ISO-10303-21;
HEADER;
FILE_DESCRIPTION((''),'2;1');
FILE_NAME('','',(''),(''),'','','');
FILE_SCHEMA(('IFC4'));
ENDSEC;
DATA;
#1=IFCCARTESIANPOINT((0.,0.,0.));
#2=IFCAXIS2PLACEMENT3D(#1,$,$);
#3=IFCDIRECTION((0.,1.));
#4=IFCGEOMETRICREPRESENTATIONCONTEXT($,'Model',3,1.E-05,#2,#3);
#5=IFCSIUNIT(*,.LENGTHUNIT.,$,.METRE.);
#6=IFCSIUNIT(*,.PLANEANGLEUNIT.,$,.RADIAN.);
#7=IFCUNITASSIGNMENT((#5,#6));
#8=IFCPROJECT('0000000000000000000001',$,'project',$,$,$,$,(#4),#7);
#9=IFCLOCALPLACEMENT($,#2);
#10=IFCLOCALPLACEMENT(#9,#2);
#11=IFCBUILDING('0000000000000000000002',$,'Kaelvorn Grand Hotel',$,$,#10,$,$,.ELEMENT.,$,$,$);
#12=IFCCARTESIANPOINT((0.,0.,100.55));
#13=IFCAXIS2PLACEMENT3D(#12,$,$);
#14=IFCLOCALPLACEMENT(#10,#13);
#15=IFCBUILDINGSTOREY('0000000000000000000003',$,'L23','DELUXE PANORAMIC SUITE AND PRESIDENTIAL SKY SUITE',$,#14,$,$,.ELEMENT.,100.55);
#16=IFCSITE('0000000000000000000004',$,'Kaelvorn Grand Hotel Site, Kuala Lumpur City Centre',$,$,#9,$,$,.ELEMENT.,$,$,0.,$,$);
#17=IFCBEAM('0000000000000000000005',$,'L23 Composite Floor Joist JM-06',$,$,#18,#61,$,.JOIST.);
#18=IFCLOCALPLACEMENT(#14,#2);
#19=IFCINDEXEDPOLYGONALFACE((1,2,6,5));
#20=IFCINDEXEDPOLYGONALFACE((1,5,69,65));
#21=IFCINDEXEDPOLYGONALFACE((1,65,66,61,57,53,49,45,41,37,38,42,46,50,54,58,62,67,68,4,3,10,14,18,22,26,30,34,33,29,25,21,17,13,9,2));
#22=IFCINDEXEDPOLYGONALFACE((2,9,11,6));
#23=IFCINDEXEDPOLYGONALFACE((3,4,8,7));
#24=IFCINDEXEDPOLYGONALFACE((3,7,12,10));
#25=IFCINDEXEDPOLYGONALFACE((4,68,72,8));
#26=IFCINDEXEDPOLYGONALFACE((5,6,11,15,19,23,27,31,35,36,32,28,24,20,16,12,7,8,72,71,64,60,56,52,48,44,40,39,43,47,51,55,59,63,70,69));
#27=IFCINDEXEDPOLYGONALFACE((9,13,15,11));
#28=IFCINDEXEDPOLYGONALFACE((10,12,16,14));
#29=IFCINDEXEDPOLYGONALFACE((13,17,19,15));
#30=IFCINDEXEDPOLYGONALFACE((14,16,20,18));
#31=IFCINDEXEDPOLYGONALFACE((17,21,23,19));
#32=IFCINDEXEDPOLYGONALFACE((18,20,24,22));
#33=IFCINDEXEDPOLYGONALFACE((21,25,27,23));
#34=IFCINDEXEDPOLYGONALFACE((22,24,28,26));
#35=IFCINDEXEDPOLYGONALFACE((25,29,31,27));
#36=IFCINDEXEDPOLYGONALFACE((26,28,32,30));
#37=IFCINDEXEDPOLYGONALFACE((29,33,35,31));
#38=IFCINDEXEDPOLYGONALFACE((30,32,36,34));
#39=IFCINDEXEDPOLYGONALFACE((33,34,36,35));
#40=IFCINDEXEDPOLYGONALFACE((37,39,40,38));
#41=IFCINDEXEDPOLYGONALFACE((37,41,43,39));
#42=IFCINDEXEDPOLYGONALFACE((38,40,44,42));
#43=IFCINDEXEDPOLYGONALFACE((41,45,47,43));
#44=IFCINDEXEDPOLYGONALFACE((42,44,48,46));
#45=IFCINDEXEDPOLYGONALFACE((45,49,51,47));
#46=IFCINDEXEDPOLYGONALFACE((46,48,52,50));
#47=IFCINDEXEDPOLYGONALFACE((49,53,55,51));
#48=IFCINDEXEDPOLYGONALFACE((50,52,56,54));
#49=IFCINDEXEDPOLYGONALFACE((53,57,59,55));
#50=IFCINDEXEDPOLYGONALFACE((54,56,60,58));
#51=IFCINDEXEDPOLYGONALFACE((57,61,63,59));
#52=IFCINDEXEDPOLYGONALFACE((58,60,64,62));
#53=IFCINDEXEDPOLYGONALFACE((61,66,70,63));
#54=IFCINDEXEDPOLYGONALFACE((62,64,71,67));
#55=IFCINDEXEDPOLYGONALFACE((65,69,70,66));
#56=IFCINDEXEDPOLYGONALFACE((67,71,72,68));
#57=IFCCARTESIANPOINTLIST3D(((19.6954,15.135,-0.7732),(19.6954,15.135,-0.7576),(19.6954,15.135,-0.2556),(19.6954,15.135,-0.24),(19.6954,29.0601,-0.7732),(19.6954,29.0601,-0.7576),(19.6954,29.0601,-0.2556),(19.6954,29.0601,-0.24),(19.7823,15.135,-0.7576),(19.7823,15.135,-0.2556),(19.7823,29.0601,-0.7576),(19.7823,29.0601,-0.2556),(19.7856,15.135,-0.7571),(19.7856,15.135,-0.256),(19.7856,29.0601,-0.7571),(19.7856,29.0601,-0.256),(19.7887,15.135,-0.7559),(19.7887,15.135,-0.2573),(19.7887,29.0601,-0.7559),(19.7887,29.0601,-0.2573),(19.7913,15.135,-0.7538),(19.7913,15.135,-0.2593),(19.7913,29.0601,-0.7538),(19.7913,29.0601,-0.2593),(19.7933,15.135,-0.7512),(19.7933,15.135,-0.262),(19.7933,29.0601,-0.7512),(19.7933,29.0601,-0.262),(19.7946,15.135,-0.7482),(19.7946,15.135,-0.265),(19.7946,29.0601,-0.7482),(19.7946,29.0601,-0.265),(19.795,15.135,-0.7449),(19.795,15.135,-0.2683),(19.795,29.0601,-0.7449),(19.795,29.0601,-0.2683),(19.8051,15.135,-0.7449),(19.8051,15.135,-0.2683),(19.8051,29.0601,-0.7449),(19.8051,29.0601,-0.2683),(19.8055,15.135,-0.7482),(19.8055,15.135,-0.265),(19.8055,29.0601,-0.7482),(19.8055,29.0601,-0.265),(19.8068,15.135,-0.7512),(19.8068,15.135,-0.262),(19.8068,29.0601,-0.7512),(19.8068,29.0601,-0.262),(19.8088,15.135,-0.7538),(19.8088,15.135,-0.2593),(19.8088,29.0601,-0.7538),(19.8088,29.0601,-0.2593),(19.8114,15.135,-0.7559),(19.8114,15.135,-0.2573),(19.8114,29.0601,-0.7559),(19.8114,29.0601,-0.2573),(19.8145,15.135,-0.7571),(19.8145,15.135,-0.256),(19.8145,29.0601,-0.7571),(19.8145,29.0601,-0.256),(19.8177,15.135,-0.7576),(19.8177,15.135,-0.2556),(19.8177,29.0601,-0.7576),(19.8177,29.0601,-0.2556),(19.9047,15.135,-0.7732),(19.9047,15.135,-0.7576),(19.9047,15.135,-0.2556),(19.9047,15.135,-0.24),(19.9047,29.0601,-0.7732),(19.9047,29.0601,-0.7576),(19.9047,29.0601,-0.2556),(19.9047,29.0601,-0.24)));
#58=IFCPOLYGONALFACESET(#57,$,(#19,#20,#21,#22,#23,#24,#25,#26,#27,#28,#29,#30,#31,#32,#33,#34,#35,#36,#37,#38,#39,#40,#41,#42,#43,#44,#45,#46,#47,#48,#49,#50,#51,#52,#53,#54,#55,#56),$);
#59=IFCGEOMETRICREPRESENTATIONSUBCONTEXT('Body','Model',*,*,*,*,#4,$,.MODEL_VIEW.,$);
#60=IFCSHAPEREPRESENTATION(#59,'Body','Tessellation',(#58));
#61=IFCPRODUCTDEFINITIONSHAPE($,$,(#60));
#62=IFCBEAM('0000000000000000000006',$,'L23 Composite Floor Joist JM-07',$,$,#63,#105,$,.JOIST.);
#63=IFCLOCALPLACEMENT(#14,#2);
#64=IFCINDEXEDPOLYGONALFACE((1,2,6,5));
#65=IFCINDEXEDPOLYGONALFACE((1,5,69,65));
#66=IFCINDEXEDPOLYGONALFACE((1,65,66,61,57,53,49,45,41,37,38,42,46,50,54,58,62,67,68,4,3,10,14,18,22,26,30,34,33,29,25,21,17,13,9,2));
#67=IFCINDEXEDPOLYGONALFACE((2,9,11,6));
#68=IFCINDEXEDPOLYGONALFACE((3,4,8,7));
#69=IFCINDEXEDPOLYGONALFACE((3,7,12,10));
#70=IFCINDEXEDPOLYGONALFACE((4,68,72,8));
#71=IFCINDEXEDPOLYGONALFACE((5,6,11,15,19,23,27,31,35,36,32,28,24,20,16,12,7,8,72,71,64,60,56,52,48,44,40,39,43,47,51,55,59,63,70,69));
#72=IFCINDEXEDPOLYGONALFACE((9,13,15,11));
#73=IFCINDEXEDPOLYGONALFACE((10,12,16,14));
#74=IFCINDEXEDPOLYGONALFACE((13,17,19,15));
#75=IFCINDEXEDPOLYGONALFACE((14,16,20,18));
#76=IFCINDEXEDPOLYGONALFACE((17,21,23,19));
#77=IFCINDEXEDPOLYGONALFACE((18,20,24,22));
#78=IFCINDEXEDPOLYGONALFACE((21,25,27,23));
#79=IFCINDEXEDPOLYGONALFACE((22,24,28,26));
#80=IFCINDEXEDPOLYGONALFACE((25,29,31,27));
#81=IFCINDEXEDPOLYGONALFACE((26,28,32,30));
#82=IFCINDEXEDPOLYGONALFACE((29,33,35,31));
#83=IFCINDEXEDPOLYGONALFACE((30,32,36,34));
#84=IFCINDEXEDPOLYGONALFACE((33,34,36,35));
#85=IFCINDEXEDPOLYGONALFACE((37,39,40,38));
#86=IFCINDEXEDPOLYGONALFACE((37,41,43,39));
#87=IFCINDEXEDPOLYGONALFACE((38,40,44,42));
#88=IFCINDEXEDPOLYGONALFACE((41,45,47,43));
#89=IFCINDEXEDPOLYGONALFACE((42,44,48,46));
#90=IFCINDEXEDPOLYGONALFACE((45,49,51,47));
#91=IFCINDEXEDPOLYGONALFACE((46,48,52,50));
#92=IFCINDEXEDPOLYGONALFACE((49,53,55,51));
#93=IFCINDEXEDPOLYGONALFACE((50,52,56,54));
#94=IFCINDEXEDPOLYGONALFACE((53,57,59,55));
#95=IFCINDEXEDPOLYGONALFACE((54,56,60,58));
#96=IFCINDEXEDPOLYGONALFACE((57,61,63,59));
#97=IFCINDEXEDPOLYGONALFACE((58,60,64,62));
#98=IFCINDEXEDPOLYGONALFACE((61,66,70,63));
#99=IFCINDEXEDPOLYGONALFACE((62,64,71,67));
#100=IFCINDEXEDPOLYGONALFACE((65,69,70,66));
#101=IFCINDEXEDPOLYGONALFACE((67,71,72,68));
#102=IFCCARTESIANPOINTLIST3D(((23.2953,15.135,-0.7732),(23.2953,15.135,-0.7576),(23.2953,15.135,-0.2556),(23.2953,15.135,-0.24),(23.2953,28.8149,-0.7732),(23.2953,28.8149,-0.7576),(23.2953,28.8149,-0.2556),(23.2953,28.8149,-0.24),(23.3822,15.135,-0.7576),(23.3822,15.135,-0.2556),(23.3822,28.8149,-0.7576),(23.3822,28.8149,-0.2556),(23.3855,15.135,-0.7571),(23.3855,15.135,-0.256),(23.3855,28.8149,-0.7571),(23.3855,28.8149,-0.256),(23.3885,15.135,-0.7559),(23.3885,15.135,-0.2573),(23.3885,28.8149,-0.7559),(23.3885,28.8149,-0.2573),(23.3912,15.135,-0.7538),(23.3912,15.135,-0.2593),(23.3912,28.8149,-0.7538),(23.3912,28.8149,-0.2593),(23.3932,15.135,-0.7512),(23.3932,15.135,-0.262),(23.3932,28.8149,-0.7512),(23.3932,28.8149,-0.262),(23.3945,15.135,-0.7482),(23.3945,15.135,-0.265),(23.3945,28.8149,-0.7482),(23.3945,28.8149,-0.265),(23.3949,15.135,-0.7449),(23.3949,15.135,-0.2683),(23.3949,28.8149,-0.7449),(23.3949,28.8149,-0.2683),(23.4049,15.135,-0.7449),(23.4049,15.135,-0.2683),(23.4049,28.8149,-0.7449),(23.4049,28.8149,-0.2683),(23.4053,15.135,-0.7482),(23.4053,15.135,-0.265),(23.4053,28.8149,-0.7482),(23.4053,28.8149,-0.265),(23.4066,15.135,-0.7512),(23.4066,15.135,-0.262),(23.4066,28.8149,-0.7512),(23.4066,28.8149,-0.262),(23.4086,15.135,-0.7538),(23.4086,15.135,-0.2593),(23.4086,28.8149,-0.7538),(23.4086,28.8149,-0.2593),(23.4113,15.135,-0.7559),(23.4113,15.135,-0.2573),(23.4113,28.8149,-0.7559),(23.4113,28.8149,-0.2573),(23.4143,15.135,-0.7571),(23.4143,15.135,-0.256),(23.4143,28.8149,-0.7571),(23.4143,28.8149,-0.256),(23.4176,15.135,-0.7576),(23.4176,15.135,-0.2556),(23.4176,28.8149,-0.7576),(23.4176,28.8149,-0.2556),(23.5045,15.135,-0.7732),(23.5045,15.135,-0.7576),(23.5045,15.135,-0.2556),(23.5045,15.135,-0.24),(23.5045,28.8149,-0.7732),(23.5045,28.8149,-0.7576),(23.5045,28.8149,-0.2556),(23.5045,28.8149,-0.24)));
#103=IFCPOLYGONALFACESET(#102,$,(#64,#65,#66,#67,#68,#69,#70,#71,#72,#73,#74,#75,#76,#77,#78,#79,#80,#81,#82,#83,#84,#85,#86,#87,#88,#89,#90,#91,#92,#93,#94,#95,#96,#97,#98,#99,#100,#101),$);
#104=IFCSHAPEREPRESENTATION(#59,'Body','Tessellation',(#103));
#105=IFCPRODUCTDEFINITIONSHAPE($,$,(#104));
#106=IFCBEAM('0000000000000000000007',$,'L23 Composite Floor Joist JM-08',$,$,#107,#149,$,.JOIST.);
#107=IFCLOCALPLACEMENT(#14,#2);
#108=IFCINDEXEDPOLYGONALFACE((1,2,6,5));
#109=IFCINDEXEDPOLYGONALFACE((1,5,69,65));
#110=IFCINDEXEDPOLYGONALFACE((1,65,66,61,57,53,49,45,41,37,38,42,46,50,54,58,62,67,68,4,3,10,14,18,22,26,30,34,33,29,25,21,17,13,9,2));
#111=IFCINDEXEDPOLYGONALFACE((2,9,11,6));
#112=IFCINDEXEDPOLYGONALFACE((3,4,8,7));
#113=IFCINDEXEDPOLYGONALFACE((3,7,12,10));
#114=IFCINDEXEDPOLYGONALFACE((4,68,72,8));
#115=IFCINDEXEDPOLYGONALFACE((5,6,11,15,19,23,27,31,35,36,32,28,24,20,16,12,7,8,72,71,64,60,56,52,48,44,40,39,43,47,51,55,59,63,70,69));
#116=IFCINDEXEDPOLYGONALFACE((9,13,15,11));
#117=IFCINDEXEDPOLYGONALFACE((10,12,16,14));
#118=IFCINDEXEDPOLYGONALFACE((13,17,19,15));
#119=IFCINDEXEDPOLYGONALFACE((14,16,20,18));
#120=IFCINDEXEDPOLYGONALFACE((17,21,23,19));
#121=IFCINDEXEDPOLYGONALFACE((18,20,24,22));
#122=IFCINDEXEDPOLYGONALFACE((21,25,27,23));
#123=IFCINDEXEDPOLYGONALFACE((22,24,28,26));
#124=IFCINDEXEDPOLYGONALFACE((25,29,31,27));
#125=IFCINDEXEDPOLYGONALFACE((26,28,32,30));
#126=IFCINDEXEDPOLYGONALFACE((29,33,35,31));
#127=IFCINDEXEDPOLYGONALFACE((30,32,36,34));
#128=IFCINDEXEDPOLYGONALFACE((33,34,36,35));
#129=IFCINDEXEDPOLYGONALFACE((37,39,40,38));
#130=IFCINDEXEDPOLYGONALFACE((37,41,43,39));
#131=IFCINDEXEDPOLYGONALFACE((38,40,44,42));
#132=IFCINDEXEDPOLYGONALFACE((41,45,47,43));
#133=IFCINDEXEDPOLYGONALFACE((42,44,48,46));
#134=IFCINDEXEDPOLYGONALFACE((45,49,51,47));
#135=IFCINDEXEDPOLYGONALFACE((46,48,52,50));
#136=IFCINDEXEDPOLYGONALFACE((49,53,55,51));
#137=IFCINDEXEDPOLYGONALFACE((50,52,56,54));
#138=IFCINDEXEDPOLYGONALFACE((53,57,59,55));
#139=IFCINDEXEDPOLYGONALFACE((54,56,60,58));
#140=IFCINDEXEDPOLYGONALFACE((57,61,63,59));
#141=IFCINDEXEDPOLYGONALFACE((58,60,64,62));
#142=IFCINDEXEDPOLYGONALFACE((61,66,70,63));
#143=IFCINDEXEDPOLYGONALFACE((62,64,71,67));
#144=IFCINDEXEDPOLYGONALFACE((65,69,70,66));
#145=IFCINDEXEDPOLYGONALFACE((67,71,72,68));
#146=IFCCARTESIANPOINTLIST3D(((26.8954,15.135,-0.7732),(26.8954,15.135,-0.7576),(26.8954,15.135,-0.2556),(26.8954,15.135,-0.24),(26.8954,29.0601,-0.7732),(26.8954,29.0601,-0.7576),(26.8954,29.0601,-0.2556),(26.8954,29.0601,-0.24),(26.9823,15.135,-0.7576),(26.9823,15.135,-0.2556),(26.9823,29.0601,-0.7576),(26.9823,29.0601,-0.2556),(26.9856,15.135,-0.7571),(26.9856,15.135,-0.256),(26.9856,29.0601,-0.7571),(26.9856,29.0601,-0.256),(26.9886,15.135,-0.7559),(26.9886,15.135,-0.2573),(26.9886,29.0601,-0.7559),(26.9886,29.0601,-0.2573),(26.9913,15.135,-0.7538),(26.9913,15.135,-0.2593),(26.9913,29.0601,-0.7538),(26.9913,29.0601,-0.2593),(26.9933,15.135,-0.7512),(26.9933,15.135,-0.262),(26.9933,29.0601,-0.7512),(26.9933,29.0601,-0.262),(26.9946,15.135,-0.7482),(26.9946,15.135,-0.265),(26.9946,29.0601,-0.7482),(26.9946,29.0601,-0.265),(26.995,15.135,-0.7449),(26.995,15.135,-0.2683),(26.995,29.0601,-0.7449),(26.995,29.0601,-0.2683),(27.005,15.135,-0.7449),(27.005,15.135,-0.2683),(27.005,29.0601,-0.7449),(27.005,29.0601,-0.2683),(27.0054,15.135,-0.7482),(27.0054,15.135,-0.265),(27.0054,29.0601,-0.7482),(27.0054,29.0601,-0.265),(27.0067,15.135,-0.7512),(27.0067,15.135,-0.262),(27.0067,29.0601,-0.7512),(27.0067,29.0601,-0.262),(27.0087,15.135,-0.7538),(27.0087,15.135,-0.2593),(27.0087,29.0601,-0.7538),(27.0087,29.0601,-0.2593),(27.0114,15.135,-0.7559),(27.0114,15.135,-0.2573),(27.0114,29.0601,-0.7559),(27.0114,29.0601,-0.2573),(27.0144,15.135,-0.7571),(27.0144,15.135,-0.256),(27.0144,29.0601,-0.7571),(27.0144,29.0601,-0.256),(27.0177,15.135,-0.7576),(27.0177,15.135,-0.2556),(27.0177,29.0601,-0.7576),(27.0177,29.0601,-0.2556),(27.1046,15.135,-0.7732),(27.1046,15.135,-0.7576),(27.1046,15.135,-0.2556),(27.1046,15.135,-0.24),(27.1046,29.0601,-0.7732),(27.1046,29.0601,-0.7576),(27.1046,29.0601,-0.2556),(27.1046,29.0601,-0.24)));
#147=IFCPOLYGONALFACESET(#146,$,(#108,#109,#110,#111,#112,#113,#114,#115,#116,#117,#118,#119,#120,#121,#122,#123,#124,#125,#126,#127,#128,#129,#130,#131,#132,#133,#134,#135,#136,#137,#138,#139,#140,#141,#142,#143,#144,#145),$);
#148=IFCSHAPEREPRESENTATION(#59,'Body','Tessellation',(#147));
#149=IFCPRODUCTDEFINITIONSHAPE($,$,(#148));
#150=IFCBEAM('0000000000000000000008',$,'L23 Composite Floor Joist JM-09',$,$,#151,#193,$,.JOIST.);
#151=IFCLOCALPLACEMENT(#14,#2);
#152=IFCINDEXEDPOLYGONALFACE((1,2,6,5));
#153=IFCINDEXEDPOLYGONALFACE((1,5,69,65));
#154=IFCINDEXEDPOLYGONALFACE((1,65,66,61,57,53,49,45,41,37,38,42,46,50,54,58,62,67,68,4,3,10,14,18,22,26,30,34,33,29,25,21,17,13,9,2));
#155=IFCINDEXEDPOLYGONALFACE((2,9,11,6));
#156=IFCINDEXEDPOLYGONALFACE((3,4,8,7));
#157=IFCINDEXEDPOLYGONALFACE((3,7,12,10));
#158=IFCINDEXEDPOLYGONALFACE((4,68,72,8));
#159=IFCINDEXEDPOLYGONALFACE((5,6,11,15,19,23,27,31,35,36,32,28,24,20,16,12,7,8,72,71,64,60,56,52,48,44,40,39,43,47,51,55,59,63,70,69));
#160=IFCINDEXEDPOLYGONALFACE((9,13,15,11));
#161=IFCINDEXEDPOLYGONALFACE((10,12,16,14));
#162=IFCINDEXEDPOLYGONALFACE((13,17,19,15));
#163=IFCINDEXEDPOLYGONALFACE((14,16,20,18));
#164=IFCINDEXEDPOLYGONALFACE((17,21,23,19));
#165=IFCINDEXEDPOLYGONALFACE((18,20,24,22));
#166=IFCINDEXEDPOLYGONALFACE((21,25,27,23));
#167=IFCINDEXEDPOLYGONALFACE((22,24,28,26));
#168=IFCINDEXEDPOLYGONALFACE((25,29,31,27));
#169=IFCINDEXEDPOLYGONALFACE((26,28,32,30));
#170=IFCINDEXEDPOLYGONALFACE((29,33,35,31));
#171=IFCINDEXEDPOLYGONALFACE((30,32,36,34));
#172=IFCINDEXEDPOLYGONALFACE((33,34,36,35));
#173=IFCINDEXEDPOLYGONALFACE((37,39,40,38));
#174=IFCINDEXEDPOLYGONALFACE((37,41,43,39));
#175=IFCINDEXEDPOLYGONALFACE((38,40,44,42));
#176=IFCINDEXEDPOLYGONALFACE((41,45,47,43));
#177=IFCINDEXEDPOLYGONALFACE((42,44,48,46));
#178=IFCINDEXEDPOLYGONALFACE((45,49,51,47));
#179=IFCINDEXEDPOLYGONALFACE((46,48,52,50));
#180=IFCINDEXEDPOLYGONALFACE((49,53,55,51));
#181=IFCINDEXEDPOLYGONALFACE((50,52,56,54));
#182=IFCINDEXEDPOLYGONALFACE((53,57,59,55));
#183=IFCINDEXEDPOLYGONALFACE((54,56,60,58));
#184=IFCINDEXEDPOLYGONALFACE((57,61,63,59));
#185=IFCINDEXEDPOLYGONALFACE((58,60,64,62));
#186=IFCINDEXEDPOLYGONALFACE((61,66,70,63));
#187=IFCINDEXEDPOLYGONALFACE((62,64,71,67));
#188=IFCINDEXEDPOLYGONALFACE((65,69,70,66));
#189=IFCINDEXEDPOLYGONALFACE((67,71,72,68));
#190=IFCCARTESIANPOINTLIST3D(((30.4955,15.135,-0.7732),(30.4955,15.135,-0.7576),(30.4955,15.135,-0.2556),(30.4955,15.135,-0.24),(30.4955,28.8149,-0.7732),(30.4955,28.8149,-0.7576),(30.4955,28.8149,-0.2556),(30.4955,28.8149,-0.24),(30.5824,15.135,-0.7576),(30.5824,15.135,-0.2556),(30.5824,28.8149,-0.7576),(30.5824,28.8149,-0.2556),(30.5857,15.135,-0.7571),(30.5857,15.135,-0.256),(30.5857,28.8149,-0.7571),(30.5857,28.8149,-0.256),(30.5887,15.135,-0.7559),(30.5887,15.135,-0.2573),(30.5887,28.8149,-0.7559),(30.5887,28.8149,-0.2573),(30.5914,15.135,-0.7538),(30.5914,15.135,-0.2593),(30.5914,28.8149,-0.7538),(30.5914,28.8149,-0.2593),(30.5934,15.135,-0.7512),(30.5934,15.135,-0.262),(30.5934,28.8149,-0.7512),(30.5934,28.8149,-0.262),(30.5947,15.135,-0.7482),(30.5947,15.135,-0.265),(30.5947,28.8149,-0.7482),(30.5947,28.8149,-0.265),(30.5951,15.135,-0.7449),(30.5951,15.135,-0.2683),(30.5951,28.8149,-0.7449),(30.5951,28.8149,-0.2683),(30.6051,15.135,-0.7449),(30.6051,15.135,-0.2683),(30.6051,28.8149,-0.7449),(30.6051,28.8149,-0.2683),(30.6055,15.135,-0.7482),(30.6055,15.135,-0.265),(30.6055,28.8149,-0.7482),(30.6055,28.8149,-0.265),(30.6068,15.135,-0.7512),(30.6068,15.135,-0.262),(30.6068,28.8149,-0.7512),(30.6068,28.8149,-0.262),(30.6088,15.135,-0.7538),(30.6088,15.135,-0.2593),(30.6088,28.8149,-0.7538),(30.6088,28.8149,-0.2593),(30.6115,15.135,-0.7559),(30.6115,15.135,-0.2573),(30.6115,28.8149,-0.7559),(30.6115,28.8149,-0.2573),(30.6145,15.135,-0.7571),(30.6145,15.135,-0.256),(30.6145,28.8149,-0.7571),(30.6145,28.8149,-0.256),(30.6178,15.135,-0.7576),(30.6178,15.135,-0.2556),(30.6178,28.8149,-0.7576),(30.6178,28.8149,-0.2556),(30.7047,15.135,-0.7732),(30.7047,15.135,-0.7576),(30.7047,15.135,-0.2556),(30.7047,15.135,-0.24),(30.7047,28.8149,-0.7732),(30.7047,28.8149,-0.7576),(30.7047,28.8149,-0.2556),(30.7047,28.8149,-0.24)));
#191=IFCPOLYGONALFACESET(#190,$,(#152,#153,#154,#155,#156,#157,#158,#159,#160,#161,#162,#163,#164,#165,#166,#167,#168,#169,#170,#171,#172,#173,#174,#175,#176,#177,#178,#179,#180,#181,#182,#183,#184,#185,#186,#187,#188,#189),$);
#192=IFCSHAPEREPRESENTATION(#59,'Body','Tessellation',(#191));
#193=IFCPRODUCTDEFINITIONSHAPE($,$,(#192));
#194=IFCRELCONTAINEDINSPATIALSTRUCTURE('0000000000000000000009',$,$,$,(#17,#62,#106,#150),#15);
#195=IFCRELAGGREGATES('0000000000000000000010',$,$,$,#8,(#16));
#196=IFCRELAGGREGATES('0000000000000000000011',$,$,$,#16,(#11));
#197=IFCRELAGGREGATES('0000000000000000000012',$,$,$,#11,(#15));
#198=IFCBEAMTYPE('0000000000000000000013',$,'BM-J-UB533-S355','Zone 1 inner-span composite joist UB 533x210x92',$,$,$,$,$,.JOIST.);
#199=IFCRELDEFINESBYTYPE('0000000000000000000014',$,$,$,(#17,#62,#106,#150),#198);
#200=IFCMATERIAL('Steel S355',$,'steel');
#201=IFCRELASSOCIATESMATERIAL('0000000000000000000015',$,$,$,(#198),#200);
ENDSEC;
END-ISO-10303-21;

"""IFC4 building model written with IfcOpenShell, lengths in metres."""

from ifc_helpers import new_model, si_unit, direction, frame, origin, origin_2d, place, context, subcontext, project, spatial, i_section, extrude, material, material_profile, profile_set, type_object, element, save


model = new_model("IFC4")

# Units and contexts
model_context = context("Model", 3, precision=1e-05, world=origin(), true_north=direction((0.0, 1.0)))
body_context = subcontext(model_context, "Body", "Model", "MODEL_VIEW")
ifc_project = project(units=[si_unit("LENGTHUNIT", "METRE"), si_unit("PLANEANGLEUNIT", "RADIAN")], contexts=[model_context])

# Site, building, storey
site_placement = place(None, origin())
site = spatial("IfcSite", under=ifc_project, at=site_placement, Name="Kaelvorn Grand Hotel Site, Kuala Lumpur City Centre", CompositionType="ELEMENT", RefElevation=0.0)
building_placement = place(site_placement, origin())
building = spatial("IfcBuilding", under=site, at=building_placement, Name="Kaelvorn Grand Hotel", CompositionType="ELEMENT")
storey_placement = place(building_placement, frame((0.0, 0.0, 100.55)))
storey = spatial("IfcBuildingStorey", under=building, at=storey_placement, Name="L23", Description="DELUXE PANORAMIC SUITE AND PRESIDENTIAL SKY SUITE", CompositionType="ELEMENT", Elevation=100.55)

# Beams
ifc_material_1 = material(Name="Steel S355", Category="steel")
ifc_material_profile_1 = material_profile(ifc_material_1, i_section(OverallWidth=0.2092, OverallDepth=0.5332, WebThickness=0.01, FlangeThickness=0.0156, FilletRadius=0.0127, at=origin_2d()), Name="UB 533x210x92")
ifc_profile_set_1 = profile_set([ifc_material_profile_1], Name="Steel S355")
beam_type_1 = type_object("IfcBeamType", Name="BM-J-UB533-S355", Description="Zone 1 inner-span composite joist UB 533x210x92", PredefinedType="JOIST", material=ifc_profile_set_1)
beam_1_placement = place(storey_placement, frame((19.8, 15.135, -0.5066), z_axis=(0.0, 1.0, 0.0), x_axis=(-1.0, 0.0, 0.0)))
element("IfcBeam", 1, at=beam_1_placement, inside=storey, type_object=beam_type_1, Name="L23 Composite Floor Joist JM-06", PredefinedType="JOIST", context=body_context, shape_type="SweptSolid", body=[
    extrude(i_section(OverallWidth=0.2092, OverallDepth=0.5332, WebThickness=0.01, FlangeThickness=0.0156, FilletRadius=0.0127, at=origin_2d()), origin(), (0.0, 0.0, 1.0), 13.925),
])
beam_2_placement = place(storey_placement, frame((23.3999, 15.135, -0.5066), z_axis=(0.0, 1.0, 0.0), x_axis=(-1.0, 0.0, 0.0)))
element("IfcBeam", 2, at=beam_2_placement, inside=storey, type_object=beam_type_1, Name="L23 Composite Floor Joist JM-07", PredefinedType="JOIST", context=body_context, shape_type="SweptSolid", body=[
    extrude(i_section(OverallWidth=0.2092, OverallDepth=0.5332, WebThickness=0.01, FlangeThickness=0.0156, FilletRadius=0.0127, at=origin_2d()), origin(), (0.0, 0.0, 1.0), 13.6799),
])
beam_3_placement = place(storey_placement, frame((27.0, 15.135, -0.5066), z_axis=(0.0, 1.0, 0.0), x_axis=(-1.0, 0.0, 0.0)))
element("IfcBeam", 3, at=beam_3_placement, inside=storey, type_object=beam_type_1, Name="L23 Composite Floor Joist JM-08", PredefinedType="JOIST", context=body_context, shape_type="SweptSolid", body=[
    extrude(i_section(OverallWidth=0.2092, OverallDepth=0.5332, WebThickness=0.01, FlangeThickness=0.0156, FilletRadius=0.0127, at=origin_2d()), origin(), (0.0, 0.0, 1.0), 13.925),
])
beam_4_placement = place(storey_placement, frame((30.6001, 15.135, -0.5066), z_axis=(0.0, 1.0, 0.0), x_axis=(-1.0, 0.0, 0.0)))
element("IfcBeam", 4, at=beam_4_placement, inside=storey, type_object=beam_type_1, Name="L23 Composite Floor Joist JM-09", PredefinedType="JOIST", context=body_context, shape_type="SweptSolid", body=[
    extrude(i_section(OverallWidth=0.2092, OverallDepth=0.5332, WebThickness=0.01, FlangeThickness=0.0156, FilletRadius=0.0127, at=origin_2d()), origin(), (0.0, 0.0, 1.0), 13.6799),
])

save(model, "model.ifc")
